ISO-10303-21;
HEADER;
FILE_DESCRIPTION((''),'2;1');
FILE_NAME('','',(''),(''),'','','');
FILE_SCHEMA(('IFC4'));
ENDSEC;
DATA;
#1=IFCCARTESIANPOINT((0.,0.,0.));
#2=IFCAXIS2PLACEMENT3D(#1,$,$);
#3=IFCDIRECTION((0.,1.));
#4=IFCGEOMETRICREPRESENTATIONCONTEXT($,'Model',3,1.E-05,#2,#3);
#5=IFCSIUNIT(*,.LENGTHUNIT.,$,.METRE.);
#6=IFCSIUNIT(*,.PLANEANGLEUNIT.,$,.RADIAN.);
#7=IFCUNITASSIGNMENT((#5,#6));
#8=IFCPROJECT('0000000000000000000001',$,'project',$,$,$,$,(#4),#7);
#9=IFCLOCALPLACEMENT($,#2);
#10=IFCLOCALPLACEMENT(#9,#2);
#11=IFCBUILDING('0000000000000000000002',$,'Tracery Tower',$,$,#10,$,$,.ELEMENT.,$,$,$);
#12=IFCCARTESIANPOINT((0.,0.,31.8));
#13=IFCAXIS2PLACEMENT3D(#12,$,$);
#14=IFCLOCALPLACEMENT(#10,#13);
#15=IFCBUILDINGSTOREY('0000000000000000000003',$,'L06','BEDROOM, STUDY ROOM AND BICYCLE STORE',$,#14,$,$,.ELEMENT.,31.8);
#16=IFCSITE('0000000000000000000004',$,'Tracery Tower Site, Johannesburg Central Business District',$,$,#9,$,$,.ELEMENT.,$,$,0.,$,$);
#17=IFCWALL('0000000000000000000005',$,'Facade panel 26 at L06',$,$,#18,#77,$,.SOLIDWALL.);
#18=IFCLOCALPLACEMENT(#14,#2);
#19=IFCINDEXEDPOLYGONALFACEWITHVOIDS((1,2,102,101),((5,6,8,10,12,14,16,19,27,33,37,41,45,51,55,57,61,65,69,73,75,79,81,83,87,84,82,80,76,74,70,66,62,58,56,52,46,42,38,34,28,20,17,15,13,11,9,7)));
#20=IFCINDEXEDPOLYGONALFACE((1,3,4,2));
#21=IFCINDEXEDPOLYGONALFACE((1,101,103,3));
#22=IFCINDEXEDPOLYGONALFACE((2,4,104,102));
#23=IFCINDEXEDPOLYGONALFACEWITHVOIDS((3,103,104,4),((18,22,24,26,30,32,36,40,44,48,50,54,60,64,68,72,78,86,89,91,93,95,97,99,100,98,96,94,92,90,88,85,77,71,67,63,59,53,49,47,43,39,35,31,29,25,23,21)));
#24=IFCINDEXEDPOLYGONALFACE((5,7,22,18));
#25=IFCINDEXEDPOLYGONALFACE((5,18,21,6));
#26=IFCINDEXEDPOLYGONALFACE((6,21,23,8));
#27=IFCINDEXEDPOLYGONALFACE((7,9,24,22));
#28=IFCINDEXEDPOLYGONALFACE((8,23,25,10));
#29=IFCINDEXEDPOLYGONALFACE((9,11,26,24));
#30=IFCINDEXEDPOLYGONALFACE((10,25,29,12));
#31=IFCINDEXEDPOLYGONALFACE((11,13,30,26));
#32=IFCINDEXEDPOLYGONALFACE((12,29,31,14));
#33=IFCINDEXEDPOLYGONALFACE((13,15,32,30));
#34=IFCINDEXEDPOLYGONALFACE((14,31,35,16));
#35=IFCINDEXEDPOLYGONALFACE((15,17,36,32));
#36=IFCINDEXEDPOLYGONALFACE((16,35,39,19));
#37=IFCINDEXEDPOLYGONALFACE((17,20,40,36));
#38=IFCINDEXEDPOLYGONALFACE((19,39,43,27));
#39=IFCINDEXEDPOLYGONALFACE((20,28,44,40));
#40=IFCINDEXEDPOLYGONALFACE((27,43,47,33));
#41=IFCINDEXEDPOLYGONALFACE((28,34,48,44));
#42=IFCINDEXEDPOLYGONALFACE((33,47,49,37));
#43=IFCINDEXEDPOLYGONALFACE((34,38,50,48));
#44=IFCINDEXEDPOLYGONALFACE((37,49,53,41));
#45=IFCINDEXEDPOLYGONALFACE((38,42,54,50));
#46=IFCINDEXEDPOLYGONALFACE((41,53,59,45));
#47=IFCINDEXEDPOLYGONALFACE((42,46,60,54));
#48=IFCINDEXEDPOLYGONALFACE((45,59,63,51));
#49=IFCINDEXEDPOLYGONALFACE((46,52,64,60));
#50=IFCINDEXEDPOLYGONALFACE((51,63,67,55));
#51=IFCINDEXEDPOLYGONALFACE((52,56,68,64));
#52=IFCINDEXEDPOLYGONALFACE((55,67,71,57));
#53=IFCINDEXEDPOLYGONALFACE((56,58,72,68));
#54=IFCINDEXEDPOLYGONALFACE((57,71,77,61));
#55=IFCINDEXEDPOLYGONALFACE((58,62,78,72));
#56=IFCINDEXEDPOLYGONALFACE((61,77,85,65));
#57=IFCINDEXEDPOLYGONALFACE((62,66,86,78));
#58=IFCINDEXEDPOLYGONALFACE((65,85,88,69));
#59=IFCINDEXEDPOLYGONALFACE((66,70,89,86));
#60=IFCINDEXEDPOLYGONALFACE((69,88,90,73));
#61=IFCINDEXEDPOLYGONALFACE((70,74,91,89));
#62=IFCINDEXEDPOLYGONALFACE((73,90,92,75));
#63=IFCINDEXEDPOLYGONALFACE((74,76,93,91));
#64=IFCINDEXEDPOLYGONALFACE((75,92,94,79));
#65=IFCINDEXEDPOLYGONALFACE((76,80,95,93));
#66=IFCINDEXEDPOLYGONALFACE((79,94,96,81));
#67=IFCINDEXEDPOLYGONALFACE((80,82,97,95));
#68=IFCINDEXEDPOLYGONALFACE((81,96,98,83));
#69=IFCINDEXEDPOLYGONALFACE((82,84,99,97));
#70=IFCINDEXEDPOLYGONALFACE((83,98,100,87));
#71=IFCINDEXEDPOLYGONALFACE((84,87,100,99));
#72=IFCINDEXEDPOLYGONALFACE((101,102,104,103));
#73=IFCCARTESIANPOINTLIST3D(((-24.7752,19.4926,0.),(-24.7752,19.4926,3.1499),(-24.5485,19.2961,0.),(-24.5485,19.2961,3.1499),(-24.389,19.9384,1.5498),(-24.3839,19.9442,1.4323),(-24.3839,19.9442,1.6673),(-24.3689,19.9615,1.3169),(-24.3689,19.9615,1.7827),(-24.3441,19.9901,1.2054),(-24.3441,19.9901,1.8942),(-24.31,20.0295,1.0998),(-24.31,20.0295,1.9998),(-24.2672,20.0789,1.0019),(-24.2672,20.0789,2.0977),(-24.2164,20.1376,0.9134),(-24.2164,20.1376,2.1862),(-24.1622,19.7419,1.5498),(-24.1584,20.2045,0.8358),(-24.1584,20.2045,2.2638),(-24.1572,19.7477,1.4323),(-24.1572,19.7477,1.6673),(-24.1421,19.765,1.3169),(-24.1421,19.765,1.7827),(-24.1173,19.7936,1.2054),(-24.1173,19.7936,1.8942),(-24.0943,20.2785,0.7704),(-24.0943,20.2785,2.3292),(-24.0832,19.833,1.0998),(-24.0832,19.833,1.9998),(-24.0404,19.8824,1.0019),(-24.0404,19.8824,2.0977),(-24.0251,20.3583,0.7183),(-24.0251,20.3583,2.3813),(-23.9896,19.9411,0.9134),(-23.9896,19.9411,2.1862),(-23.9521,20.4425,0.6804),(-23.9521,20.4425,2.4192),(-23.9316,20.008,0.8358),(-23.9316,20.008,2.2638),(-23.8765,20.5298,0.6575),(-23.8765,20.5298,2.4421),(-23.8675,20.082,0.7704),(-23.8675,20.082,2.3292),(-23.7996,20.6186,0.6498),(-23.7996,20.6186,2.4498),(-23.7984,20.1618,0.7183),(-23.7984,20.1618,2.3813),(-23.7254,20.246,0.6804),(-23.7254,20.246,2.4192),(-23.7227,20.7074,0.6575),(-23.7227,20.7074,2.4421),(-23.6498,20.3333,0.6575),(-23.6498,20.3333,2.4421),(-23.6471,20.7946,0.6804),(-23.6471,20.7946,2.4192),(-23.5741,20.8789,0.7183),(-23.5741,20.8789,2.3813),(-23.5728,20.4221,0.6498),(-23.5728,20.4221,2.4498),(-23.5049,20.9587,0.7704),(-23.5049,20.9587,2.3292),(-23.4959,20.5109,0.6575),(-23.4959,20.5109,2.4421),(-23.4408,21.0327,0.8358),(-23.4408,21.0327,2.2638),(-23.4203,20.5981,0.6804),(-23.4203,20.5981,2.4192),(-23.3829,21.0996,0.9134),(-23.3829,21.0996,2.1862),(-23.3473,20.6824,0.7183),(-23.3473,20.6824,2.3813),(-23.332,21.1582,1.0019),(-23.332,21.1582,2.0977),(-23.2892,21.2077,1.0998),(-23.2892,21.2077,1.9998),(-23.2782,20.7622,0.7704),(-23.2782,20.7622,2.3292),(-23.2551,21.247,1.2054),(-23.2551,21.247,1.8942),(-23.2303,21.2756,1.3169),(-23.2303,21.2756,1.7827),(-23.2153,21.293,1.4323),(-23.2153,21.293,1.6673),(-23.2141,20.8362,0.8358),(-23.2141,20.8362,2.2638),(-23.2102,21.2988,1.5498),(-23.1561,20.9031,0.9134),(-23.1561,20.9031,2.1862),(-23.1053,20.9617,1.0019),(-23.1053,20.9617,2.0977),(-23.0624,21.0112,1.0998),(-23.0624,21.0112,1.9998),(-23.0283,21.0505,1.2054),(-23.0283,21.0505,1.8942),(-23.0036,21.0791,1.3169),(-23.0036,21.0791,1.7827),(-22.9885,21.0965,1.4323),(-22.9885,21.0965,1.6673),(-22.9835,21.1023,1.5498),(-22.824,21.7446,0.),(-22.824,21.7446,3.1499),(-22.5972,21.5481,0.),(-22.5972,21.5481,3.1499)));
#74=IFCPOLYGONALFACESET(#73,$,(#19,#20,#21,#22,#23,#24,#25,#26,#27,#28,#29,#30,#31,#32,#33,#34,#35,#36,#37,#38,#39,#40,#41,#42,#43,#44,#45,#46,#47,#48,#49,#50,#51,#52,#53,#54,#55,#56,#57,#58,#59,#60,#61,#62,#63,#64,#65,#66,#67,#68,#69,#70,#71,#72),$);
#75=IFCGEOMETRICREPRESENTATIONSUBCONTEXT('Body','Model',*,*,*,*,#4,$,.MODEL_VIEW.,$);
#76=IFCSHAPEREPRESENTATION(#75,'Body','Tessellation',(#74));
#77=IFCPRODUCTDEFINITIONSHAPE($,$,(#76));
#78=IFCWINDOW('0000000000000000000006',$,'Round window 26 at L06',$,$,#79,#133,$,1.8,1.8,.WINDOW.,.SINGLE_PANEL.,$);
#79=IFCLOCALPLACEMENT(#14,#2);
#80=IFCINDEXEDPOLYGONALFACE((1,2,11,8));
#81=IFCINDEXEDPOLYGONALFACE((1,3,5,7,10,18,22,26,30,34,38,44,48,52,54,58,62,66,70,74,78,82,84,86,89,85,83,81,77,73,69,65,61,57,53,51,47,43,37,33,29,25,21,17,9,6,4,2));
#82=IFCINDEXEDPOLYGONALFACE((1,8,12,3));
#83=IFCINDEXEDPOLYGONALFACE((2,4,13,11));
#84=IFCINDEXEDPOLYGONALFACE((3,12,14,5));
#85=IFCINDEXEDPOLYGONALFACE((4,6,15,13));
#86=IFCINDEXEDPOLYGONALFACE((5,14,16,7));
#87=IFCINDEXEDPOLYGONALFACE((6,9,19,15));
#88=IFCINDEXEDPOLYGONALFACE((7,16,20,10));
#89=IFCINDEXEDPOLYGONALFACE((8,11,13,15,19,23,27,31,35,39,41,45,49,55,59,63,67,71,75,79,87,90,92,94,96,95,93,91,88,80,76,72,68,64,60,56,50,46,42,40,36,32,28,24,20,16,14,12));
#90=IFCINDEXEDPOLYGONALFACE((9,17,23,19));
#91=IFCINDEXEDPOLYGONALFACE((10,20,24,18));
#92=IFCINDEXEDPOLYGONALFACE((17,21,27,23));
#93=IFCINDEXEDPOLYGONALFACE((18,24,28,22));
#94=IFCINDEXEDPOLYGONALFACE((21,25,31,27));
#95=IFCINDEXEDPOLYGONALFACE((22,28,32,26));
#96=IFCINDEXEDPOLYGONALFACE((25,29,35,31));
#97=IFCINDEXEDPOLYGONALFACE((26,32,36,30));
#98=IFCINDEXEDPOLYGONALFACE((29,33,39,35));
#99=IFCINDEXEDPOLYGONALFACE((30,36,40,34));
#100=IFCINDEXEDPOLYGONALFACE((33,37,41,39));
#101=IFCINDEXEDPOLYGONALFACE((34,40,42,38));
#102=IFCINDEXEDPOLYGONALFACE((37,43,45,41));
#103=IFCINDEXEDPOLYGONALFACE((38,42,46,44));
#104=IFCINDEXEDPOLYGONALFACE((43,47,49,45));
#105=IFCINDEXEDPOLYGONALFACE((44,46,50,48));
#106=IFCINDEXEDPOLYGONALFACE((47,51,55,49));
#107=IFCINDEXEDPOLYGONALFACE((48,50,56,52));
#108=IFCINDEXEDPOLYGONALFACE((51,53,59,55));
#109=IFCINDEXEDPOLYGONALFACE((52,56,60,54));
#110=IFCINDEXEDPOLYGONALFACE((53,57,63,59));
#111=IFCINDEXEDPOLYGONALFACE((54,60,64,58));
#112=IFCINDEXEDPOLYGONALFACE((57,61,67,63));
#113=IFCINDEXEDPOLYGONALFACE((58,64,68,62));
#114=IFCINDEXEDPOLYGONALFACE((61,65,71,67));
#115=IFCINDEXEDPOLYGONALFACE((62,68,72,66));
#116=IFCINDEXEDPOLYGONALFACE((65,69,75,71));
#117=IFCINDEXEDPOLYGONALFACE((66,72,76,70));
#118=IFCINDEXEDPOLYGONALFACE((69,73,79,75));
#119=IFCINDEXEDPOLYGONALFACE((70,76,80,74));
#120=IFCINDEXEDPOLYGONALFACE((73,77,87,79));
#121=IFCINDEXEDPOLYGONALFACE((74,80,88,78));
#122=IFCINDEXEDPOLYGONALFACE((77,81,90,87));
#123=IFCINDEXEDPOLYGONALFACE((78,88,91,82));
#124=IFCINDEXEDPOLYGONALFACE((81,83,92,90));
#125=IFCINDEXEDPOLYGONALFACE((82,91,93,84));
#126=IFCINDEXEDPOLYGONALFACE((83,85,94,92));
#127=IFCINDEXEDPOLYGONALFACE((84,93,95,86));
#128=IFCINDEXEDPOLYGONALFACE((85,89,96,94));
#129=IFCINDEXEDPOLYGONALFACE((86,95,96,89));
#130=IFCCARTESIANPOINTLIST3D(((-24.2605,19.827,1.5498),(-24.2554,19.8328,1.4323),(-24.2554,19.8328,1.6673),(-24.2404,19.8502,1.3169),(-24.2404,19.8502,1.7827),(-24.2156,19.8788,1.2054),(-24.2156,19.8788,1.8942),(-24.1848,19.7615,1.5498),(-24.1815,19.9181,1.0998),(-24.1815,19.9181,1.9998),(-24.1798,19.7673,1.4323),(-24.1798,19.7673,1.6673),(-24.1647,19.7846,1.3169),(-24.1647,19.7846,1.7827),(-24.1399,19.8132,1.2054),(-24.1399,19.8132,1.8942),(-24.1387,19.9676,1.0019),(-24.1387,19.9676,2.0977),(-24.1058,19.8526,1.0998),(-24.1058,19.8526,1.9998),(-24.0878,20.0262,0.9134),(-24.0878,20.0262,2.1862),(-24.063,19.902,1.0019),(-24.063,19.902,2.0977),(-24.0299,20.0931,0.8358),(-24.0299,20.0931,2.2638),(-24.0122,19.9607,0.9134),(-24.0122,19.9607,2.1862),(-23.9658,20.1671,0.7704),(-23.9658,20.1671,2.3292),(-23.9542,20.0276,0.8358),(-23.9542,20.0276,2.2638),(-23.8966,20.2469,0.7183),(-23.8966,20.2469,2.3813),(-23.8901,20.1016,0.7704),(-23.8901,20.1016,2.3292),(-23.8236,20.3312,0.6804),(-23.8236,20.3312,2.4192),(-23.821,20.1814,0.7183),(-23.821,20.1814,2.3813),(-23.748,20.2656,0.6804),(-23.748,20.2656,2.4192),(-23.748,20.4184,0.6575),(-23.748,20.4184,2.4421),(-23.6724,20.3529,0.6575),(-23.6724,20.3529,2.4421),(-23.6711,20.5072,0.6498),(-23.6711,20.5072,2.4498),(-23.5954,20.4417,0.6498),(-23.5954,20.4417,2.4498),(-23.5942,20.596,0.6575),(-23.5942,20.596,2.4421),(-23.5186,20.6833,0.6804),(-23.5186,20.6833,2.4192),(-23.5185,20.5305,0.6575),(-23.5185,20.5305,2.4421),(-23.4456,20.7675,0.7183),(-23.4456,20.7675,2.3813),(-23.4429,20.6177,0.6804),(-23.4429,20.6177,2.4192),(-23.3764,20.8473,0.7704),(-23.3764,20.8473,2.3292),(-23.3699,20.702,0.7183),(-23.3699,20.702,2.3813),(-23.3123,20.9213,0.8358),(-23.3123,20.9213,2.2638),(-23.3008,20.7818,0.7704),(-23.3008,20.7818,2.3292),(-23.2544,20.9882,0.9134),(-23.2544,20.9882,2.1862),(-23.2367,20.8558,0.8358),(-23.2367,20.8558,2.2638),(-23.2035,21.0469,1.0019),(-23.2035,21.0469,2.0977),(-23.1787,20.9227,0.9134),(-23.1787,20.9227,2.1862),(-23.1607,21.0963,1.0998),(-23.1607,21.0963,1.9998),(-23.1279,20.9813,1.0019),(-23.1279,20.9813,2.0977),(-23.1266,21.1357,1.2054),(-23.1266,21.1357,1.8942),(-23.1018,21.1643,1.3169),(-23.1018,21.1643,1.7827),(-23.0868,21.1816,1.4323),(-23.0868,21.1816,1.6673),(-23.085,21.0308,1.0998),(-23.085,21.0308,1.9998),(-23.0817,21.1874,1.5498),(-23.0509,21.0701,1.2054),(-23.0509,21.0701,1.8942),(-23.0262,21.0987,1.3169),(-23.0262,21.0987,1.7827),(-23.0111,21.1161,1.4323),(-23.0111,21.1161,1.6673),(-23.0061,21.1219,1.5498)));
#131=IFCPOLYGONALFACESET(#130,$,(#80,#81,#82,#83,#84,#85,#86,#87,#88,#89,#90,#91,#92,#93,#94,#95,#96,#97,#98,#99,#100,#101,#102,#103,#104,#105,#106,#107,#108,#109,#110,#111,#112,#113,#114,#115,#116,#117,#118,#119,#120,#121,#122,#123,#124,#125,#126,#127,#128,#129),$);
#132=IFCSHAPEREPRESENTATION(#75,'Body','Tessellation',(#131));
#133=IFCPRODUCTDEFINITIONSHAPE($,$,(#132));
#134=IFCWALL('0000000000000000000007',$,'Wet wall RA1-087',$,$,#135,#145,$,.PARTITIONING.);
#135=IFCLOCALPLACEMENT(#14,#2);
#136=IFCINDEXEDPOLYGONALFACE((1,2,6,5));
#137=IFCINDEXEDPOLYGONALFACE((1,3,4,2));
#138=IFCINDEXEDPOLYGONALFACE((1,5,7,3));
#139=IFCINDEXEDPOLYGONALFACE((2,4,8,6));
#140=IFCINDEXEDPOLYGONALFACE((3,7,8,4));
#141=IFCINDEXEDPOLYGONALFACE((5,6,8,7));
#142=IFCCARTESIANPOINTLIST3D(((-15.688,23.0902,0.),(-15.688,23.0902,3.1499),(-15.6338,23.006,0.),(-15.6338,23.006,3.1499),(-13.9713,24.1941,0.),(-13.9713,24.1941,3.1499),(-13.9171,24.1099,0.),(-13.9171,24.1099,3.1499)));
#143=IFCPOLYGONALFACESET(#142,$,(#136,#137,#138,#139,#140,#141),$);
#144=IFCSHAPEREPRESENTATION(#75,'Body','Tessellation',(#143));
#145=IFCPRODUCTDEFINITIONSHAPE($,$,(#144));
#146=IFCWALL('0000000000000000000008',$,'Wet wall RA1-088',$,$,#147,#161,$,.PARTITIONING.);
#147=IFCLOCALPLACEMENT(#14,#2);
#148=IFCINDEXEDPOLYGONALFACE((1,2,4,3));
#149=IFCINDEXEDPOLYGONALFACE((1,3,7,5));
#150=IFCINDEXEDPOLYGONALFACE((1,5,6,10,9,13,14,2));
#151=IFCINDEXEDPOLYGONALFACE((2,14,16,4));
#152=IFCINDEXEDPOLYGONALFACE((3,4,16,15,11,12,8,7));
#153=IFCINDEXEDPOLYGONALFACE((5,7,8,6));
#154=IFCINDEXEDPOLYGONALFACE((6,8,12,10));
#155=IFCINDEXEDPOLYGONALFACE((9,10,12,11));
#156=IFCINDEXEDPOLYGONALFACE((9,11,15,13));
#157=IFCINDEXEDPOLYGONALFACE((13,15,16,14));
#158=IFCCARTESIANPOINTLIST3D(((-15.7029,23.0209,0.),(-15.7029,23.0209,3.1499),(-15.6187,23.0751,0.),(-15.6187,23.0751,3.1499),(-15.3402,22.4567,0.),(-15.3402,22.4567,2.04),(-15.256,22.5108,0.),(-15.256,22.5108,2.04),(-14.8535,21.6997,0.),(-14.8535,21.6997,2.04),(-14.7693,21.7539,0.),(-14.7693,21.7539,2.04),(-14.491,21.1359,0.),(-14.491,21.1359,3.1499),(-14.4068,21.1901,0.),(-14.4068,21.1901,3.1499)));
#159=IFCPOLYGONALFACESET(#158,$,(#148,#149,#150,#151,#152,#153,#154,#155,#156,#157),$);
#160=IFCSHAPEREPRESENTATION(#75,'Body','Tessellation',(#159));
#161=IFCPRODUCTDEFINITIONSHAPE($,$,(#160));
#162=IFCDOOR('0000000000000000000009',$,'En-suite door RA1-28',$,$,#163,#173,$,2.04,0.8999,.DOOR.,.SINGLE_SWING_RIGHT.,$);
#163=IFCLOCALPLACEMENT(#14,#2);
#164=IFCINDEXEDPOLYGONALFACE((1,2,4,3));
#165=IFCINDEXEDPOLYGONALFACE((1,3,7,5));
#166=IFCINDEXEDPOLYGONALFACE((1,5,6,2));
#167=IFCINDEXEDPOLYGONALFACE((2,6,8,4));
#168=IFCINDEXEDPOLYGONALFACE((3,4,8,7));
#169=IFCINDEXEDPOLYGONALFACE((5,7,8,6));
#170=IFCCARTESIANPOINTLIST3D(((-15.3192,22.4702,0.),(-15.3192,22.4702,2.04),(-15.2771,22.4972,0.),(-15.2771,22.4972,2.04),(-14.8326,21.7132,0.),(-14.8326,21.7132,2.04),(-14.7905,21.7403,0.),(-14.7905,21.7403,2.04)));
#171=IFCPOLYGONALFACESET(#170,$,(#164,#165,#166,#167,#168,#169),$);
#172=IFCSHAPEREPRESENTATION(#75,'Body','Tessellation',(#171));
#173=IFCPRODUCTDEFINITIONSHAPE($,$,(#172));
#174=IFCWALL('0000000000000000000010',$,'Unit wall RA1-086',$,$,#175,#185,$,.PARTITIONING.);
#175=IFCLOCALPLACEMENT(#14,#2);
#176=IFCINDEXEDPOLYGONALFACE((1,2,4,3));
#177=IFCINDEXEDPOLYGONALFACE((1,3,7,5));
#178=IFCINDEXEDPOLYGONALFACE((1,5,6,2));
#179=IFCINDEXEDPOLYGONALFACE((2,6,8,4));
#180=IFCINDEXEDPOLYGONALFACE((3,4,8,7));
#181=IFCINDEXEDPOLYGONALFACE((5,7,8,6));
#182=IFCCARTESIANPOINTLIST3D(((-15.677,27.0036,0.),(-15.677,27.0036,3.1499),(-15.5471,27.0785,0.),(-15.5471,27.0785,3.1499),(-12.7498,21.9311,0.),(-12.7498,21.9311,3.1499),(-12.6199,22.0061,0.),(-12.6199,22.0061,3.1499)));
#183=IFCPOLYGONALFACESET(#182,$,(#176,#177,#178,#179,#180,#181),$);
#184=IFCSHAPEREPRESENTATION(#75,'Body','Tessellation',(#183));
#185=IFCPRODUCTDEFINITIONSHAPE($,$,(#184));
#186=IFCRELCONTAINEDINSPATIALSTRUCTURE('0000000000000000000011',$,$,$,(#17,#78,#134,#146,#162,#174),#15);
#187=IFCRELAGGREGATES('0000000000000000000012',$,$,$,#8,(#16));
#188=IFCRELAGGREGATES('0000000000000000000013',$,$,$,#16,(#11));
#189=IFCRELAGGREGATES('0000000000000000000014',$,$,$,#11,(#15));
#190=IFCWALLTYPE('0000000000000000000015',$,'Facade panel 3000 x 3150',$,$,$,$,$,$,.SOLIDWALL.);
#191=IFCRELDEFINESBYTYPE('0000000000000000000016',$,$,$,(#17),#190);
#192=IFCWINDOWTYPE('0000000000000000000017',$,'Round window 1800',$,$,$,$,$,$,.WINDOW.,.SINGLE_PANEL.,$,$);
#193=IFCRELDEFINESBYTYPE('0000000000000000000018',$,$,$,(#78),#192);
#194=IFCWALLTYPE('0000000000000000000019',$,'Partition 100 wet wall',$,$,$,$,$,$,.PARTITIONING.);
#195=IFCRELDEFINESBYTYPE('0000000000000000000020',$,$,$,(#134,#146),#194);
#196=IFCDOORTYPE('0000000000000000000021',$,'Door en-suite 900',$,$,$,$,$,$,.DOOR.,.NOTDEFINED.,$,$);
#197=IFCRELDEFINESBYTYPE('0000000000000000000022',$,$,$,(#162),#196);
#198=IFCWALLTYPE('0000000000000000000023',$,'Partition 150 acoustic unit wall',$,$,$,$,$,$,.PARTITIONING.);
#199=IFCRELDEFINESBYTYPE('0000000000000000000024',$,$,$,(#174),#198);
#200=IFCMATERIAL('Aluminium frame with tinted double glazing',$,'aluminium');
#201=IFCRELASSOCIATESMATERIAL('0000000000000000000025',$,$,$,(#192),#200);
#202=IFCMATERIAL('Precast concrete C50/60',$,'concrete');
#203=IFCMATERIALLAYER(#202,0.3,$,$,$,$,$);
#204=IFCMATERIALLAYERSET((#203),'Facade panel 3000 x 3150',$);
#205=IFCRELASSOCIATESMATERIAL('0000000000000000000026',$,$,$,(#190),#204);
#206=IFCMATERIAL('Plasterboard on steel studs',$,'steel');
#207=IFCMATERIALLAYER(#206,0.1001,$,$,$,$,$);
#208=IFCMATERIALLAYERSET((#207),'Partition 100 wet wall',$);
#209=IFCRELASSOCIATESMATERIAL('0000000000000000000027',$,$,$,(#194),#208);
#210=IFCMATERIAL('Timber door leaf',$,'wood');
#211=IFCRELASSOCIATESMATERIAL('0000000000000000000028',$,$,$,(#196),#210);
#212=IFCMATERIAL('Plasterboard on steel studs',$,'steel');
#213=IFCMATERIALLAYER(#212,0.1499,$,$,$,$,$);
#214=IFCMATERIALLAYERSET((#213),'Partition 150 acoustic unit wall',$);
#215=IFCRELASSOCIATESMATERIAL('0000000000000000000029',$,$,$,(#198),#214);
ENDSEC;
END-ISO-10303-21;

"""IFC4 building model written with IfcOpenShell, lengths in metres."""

from ifc_helpers import new_model, si_unit, direction, frame, frame_2d, origin, origin_2d, place, context, subcontext, project, spatial, rectangle, circle, extrude, material, layer, layer_set, type_object, element, fill, save


model = new_model("IFC4")

# Units and contexts
model_context = context("Model", 3, precision=1e-05, world=origin(), true_north=direction((0.0, 1.0)))
body_context = subcontext(model_context, "Body", "Model", "MODEL_VIEW")
ifc_project = project(units=[si_unit("LENGTHUNIT", "METRE"), si_unit("PLANEANGLEUNIT", "RADIAN")], contexts=[model_context])

# Site, building, storey
site_placement = place(None, origin())
site = spatial("IfcSite", under=ifc_project, at=site_placement, Name="Tracery Tower Site, Johannesburg Central Business District", CompositionType="ELEMENT", RefElevation=0.0)
building_placement = place(site_placement, origin())
building = spatial("IfcBuilding", under=site, at=building_placement, Name="Tracery Tower", CompositionType="ELEMENT")
storey_placement = place(building_placement, frame((0.0, 0.0, 31.8)))
storey = spatial("IfcBuildingStorey", under=building, at=storey_placement, Name="L06", Description="BEDROOM, STUDY ROOM AND BICYCLE STORE", CompositionType="ELEMENT", Elevation=31.8)

# Wall, opening, window
ifc_material_1 = material(Name="Aluminium frame with tinted double glazing", Category="aluminium")
window_type = type_object("IfcWindowType", Name="Round window 1800", PartitioningType="SINGLE_PANEL", PredefinedType="WINDOW", material=ifc_material_1)
ifc_material_2 = material(Name="Precast concrete C50/60", Category="concrete")
ifc_layer_1 = layer(ifc_material_2, 0.3)
ifc_layer_set_1 = layer_set([ifc_layer_1], Name="Facade panel 3000 x 3150")
wall_type_1 = type_object("IfcWallType", Name="Facade panel 3000 x 3150", PredefinedType="SOLIDWALL", material=ifc_layer_set_1)
wall_1_placement = place(storey_placement, frame((-22.7107, 21.6462, 0.0), z_axis=(0.0, 0.0, 1.0), x_axis=(-0.654831, -0.755776, 0.0)))
wall_1 = element("IfcWall", 1, at=wall_1_placement, inside=storey, type_object=wall_type_1, Name="Facade panel 26 at L06", PredefinedType="SOLIDWALL", context=body_context, shape_type="SweptSolid", body=[
    extrude(rectangle(XDim=2.9797, YDim=0.3, at=frame_2d((1.4897, 0.0))), origin(), (0.0, 0.0, 1.0), 3.1499),
])
opening_1_placement = place(wall_1_placement, frame((1.4897, 0.0, 1.5498)))
opening_1 = element("IfcOpeningElement", 2, at=opening_1_placement, cuts=wall_1, PredefinedType="OPENING", context=body_context, shape_type="SweptSolid", body=[
    extrude(circle(Radius=0.9, at=origin_2d()), frame((0.0, 0.1599, 0.0), z_axis=(0.0, -1.0, 0.0), x_axis=(1.0, 0.0, 0.0)), (0.0, 0.0, 1.0), 0.3201),
])
window_1_placement = place(opening_1_placement, origin())
window_1 = element("IfcWindow", 3, at=window_1_placement, inside=storey, type_object=window_type, Name="Round window 26 at L06", OverallHeight=1.8, OverallWidth=1.8, PartitioningType="SINGLE_PANEL", PredefinedType="WINDOW", context=body_context, shape_type="SweptSolid", body=[
    extrude(circle(Radius=0.9, at=origin_2d()), frame((0.0, 0.1201, 0.0), z_axis=(0.0, -1.0, 0.0), x_axis=(1.0, 0.0, 0.0)), (0.0, 0.0, 1.0), 0.1001),
])
fill(opening_1, window_1)

# Wall
ifc_material_3 = material(Name="Plasterboard on steel studs", Category="steel")
ifc_layer_2 = layer(ifc_material_3, 0.1001)
ifc_layer_set_2 = layer_set([ifc_layer_2], Name="Partition 100 wet wall")
wall_type_2 = type_object("IfcWallType", Name="Partition 100 wet wall", PredefinedType="PARTITIONING", material=ifc_layer_set_2)
wall_2_placement = place(storey_placement, frame((-15.6609, 23.0481, 0.0), z_axis=(0.0, 0.0, 1.0), x_axis=(0.841101, 0.540878, 0.0)))
element("IfcWall", 4, at=wall_2_placement, inside=storey, type_object=wall_type_2, Name="Wet wall RA1-087", PredefinedType="PARTITIONING", context=body_context, shape_type="SweptSolid", body=[
    extrude(rectangle(XDim=2.041, YDim=0.1001, at=frame_2d((1.0205, 0.0))), origin(), (0.0, 0.0, 1.0), 3.1499),
])

# Wall, opening, door
wall_3_placement = place(storey_placement, frame((-15.6609, 23.0481, 0.0), z_axis=(0.0, 0.0, 1.0), x_axis=(0.540796, -0.841154, 0.0)))
wall_3 = element("IfcWall", 5, at=wall_3_placement, inside=storey, type_object=wall_type_2, Name="Wet wall RA1-088", PredefinedType="PARTITIONING", context=body_context, shape_type="SweptSolid", body=[
    extrude(rectangle(XDim=2.241, YDim=0.1001, at=frame_2d((1.1206, 0.0))), origin(), (0.0, 0.0, 1.0), 3.1499),
])
opening_2_placement = place(wall_3_placement, frame((0.6709, 0.0, 0.0)))
opening_2 = element("IfcOpeningElement", 6, at=opening_2_placement, cuts=wall_3, PredefinedType="OPENING", context=body_context, shape_type="SweptSolid", body=[
    extrude(rectangle(XDim=0.8999, YDim=2.04, at=frame_2d((0.45, 1.02))), frame((0.0, 0.05, 0.0), z_axis=(0.0, -1.0, 0.0), x_axis=(1.0, 0.0, 0.0)), (0.0, 0.0, 1.0), 0.1001),
])
ifc_material_4 = material(Name="Timber door leaf", Category="wood")
door_type = type_object("IfcDoorType", Name="Door en-suite 900", OperationType="NOTDEFINED", PredefinedType="DOOR", material=ifc_material_4)
door_placement = place(opening_2_placement, origin())
door = element("IfcDoor", 7, at=door_placement, inside=storey, type_object=door_type, Name="En-suite door RA1-28", OperationType="SINGLE_SWING_RIGHT", OverallHeight=2.04, OverallWidth=0.8999, PredefinedType="DOOR", context=body_context, shape_type="SweptSolid", body=[
    extrude(rectangle(XDim=0.8999, YDim=2.04, at=frame_2d((0.45, 1.02))), frame((0.0, 0.0249, 0.0), z_axis=(0.0, -1.0, 0.0), x_axis=(1.0, 0.0, 0.0)), (0.0, 0.0, 1.0), 0.05),
])
fill(opening_2, door)

# Wall
ifc_material_5 = material(Name="Plasterboard on steel studs", Category="steel")
ifc_layer_3 = layer(ifc_material_5, 0.1499)
ifc_layer_set_3 = layer_set([ifc_layer_3], Name="Partition 150 acoustic unit wall")
wall_type_3 = type_object("IfcWallType", Name="Partition 150 acoustic unit wall", PredefinedType="PARTITIONING", material=ifc_layer_set_3)
wall_4_placement = place(storey_placement, frame((-15.6121, 27.041, 0.0), z_axis=(0.0, 0.0, 1.0), x_axis=(0.499825, -0.866127, 0.0)))
element("IfcWall", 8, at=wall_4_placement, inside=storey, type_object=wall_type_3, Name="Unit wall RA1-086", PredefinedType="PARTITIONING", context=body_context, shape_type="SweptSolid", body=[
    extrude(rectangle(XDim=5.8564, YDim=0.1499, at=frame_2d((2.9282, 0.0))), origin(), (0.0, 0.0, 1.0), 3.1499),
])

save(model, "model.ifc")
